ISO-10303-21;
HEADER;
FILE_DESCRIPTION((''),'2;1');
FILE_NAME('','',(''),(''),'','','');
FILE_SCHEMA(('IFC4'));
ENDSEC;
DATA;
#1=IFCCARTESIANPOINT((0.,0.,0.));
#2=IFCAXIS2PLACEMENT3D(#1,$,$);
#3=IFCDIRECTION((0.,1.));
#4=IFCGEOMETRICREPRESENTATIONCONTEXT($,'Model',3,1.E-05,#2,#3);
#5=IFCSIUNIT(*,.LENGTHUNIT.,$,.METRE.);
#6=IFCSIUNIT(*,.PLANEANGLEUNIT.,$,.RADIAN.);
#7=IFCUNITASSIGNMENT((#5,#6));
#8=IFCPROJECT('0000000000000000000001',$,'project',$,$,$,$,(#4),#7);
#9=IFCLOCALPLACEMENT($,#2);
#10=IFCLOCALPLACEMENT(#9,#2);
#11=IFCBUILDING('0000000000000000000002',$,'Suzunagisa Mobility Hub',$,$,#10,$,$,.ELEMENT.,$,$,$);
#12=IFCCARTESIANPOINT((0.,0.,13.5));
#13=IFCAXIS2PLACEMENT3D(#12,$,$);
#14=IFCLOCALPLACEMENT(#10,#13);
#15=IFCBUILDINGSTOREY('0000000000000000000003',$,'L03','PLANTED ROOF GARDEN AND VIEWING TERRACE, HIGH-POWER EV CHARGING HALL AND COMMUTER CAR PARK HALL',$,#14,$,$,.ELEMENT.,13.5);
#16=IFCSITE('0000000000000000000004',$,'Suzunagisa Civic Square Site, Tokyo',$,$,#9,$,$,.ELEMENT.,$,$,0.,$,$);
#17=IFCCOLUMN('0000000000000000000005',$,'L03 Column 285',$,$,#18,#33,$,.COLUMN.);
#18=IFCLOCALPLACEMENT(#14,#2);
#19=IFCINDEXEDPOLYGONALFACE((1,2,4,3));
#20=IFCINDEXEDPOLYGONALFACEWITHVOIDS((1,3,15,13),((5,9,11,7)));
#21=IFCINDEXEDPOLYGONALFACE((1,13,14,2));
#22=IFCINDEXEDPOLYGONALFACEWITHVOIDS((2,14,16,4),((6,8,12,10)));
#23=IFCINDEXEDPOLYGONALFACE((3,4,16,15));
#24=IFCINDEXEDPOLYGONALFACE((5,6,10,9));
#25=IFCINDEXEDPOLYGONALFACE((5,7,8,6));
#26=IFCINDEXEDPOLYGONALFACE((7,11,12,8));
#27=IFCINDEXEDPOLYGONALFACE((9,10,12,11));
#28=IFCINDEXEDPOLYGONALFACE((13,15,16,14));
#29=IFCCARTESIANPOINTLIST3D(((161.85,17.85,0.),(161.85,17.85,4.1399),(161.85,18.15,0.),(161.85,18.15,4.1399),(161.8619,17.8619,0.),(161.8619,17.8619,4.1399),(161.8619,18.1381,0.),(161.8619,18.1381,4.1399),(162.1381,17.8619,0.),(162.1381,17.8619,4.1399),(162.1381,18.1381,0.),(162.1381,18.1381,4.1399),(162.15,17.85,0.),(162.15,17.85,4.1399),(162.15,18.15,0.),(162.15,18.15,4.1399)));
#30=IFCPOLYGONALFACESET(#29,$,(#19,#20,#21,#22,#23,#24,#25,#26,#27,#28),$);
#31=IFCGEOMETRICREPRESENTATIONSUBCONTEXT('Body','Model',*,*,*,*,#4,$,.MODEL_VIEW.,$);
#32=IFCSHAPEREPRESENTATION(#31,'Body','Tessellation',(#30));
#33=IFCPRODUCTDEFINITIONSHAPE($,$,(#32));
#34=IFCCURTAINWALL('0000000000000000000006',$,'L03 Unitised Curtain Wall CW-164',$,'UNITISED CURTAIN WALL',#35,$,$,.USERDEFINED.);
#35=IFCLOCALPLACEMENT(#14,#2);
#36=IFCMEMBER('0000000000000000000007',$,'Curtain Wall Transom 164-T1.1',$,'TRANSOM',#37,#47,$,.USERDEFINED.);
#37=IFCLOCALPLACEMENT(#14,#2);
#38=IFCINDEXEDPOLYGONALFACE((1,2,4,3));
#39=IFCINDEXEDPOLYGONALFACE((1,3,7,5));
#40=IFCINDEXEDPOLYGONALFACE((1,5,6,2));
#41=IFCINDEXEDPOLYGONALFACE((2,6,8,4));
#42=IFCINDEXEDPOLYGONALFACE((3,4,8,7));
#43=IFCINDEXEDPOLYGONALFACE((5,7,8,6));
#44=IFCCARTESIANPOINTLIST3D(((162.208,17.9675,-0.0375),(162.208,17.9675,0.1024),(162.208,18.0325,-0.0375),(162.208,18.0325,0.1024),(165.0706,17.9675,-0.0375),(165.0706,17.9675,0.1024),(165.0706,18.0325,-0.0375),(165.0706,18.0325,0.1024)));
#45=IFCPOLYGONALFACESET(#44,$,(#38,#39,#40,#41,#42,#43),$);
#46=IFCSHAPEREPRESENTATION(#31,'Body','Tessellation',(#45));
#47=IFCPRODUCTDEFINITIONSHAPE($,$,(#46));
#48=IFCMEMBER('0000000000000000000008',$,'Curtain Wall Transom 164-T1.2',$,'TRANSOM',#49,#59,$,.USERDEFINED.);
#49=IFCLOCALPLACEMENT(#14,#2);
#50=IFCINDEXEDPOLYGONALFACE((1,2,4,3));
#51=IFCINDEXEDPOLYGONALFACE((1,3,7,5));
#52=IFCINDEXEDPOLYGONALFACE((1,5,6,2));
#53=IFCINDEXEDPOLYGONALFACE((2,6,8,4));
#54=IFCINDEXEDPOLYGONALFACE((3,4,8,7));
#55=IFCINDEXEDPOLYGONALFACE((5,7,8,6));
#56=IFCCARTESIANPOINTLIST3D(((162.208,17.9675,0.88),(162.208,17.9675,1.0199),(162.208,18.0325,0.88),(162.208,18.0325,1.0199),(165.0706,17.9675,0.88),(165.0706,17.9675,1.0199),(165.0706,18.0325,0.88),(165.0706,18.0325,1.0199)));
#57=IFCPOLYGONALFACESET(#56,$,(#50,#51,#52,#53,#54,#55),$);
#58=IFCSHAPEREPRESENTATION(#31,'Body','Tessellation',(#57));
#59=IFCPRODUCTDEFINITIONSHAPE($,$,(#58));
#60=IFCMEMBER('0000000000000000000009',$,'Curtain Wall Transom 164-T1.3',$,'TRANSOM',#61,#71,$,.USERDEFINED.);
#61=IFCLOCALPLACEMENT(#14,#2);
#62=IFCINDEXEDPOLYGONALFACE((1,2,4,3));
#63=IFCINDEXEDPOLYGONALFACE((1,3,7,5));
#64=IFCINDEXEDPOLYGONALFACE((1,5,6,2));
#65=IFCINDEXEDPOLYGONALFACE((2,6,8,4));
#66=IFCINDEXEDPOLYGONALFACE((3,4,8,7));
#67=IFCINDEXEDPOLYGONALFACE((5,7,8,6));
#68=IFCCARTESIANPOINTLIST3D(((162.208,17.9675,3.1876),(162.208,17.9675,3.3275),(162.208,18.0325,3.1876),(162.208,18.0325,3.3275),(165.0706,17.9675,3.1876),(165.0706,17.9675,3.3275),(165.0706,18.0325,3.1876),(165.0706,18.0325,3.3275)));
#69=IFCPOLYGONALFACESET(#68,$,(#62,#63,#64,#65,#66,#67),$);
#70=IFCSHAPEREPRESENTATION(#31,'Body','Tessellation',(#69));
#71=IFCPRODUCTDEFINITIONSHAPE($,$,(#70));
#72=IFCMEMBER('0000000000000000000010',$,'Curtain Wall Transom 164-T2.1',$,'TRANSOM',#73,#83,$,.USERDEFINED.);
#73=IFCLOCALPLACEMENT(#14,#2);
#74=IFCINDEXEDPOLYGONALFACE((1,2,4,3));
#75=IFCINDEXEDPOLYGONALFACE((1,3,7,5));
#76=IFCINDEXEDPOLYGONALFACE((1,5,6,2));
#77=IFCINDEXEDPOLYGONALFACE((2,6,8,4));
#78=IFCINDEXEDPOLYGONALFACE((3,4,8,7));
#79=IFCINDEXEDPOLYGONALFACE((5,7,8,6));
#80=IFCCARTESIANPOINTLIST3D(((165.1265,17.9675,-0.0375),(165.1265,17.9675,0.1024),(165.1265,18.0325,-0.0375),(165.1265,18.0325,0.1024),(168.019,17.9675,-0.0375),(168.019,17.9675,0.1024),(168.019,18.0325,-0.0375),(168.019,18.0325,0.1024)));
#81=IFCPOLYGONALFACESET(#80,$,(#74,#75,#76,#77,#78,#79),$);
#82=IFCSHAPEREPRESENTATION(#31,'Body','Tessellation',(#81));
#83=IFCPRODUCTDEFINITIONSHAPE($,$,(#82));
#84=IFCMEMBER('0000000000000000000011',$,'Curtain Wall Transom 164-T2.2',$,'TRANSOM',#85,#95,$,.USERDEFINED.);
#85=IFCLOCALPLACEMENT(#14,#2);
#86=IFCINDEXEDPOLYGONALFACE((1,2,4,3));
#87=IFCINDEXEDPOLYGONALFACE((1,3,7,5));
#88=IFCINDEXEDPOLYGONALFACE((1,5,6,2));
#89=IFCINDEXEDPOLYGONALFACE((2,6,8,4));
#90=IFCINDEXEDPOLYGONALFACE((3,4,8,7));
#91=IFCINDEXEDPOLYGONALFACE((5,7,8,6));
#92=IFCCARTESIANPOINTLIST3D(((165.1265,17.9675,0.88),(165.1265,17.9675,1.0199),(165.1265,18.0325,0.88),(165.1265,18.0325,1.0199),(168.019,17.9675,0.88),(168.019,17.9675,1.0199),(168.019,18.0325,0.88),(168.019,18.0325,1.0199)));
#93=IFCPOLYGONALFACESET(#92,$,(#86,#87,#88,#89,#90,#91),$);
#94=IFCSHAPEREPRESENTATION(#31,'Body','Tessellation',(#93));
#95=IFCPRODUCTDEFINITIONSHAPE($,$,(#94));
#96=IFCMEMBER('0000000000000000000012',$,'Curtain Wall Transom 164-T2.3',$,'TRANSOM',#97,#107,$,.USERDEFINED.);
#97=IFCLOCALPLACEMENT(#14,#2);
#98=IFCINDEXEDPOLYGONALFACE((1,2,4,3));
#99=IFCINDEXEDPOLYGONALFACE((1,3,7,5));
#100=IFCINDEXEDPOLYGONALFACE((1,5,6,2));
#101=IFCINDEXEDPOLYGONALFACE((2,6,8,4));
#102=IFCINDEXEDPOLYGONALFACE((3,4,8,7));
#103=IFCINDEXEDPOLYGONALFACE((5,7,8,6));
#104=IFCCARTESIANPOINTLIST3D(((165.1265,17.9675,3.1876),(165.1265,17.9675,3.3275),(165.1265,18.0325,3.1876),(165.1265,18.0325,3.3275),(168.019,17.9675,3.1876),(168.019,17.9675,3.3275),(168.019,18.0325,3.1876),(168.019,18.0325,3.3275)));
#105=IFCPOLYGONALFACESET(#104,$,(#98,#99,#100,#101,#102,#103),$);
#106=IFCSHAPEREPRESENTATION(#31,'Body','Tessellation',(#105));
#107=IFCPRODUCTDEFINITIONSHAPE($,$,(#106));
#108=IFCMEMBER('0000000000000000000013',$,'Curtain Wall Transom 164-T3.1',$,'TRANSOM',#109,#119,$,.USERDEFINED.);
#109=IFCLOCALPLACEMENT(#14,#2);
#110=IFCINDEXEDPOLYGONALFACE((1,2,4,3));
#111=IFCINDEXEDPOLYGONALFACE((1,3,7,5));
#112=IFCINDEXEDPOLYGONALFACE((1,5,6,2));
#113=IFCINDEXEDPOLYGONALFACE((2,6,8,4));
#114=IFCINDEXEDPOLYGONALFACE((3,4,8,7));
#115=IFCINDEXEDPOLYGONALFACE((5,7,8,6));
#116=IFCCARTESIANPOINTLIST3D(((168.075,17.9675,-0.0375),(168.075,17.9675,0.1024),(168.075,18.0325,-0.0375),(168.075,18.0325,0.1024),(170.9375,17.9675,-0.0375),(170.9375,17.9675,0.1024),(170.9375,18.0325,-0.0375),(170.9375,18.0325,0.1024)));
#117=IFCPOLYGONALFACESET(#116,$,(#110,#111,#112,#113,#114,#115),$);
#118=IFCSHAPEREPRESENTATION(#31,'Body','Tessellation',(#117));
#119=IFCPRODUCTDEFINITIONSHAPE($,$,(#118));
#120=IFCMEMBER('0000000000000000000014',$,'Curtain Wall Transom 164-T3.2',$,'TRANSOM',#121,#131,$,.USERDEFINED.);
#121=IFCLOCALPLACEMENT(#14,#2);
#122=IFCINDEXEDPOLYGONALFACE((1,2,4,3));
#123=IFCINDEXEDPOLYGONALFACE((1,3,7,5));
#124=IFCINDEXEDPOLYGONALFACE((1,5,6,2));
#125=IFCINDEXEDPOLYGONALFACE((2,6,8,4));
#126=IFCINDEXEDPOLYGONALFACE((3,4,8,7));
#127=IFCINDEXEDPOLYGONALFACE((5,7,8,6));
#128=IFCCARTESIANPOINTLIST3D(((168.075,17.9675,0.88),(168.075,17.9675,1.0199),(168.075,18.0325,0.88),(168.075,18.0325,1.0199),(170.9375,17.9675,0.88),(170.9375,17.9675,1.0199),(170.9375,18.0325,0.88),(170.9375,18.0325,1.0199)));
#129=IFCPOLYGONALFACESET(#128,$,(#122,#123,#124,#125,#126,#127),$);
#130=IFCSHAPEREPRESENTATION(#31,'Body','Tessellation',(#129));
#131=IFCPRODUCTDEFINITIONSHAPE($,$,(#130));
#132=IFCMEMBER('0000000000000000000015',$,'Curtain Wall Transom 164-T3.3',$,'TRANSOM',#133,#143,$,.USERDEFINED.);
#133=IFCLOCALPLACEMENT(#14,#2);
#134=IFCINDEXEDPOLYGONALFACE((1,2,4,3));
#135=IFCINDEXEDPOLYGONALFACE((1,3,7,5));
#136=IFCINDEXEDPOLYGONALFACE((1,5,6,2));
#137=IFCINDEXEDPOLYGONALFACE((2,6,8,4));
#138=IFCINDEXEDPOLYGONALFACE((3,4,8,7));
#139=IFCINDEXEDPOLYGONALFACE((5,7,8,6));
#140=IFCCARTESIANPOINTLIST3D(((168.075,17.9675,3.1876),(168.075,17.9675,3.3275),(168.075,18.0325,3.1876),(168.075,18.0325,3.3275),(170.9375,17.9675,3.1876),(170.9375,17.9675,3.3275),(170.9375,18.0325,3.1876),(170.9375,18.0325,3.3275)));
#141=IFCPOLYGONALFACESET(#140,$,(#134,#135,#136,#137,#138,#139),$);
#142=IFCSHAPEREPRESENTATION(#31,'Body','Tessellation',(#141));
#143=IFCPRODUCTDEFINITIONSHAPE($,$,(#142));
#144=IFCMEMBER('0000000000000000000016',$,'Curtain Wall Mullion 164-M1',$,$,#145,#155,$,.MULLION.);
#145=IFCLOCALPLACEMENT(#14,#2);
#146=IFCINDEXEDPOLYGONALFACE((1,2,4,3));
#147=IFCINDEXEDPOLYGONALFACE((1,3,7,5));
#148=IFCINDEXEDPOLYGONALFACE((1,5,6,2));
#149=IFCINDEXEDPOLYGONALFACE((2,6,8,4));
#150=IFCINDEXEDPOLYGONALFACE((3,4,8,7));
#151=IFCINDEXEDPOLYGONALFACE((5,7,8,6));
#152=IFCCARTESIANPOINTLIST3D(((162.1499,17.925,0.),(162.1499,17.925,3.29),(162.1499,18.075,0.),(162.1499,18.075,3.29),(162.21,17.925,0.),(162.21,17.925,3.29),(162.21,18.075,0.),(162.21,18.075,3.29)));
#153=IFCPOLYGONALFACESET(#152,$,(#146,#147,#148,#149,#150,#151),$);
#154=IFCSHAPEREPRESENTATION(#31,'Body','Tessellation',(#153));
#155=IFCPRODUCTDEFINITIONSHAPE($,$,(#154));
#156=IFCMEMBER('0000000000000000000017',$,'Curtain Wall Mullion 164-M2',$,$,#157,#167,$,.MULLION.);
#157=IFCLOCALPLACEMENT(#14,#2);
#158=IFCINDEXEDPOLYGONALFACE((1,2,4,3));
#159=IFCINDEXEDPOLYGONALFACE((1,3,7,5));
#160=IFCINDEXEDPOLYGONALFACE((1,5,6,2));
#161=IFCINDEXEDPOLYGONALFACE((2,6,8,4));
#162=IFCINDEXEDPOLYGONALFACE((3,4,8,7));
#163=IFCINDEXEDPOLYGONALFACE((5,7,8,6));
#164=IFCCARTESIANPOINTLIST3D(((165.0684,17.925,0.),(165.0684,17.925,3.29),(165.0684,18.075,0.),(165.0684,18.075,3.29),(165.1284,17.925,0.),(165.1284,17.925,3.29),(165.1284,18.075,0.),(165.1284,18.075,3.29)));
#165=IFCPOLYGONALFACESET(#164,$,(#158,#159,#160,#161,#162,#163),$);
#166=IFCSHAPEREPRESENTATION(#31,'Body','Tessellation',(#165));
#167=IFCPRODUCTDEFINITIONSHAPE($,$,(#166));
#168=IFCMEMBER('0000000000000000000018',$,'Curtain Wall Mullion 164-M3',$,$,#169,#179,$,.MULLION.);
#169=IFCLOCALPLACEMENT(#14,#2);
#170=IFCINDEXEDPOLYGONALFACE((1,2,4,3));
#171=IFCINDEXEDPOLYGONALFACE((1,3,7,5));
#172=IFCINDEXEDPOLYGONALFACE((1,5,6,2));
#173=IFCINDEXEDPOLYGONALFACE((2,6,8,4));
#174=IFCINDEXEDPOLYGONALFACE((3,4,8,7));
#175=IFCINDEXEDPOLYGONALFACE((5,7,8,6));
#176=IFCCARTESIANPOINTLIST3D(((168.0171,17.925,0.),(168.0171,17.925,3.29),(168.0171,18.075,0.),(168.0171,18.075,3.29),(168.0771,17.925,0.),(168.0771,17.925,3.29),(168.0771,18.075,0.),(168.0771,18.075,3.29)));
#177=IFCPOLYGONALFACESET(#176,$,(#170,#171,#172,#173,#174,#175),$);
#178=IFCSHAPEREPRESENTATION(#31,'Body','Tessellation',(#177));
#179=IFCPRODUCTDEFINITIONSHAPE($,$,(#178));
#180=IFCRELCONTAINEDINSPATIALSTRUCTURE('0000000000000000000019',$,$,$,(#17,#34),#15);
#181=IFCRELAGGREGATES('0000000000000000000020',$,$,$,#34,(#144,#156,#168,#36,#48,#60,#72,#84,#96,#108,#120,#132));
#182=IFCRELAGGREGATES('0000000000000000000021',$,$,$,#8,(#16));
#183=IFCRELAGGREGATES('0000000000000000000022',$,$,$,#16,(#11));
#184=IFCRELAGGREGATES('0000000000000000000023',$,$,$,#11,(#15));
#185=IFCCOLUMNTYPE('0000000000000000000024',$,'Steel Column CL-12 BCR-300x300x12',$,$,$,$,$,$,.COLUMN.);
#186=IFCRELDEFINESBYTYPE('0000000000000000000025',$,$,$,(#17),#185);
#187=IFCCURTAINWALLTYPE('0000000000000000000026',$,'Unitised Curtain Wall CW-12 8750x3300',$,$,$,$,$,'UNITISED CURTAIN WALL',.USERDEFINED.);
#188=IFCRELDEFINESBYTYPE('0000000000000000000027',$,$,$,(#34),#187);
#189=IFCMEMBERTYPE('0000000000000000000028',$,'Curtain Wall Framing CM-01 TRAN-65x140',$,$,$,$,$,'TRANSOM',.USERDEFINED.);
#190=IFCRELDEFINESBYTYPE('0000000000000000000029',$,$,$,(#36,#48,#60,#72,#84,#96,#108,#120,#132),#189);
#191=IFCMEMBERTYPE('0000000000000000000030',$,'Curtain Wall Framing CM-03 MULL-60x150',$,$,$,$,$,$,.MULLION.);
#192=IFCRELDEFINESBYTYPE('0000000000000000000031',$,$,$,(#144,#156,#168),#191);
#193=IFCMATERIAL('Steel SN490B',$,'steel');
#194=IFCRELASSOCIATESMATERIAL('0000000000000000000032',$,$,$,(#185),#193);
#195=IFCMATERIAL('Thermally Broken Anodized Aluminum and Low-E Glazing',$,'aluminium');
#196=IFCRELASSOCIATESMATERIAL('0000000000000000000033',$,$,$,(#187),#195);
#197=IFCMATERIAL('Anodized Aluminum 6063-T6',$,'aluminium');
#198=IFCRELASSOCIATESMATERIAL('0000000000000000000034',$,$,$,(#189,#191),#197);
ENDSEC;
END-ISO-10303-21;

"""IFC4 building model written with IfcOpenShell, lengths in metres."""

from ifc_helpers import new_model, si_unit, direction, frame, origin, origin_2d, place, context, subcontext, project, spatial, rectangle, hollow_rectangle, extrude, material, material_profile, profile_set, type_object, element, aggregate, save


model = new_model("IFC4")

# Units and contexts
model_context = context("Model", 3, precision=1e-05, world=origin(), true_north=direction((0.0, 1.0)))
body_context = subcontext(model_context, "Body", "Model", "MODEL_VIEW")
ifc_project = project(units=[si_unit("LENGTHUNIT", "METRE"), si_unit("PLANEANGLEUNIT", "RADIAN")], contexts=[model_context])

# Site, building, storey
site_placement = place(None, origin())
site = spatial("IfcSite", under=ifc_project, at=site_placement, Name="Suzunagisa Civic Square Site, Tokyo", CompositionType="ELEMENT", RefElevation=0.0)
building_placement = place(site_placement, origin())
building = spatial("IfcBuilding", under=site, at=building_placement, Name="Suzunagisa Mobility Hub", CompositionType="ELEMENT")
storey_placement = place(building_placement, frame((0.0, 0.0, 13.5)))
storey = spatial("IfcBuildingStorey", under=building, at=storey_placement, Name="L03", Description="PLANTED ROOF GARDEN AND VIEWING TERRACE, HIGH-POWER EV CHARGING HALL AND COMMUTER CAR PARK HALL", CompositionType="ELEMENT", Elevation=13.5)

# Column
ifc_material_1 = material(Name="Steel SN490B", Category="steel")
ifc_material_profile_1 = material_profile(ifc_material_1, hollow_rectangle(XDim=0.3, YDim=0.3, WallThickness=0.012, at=origin_2d()), Name="BCR-300x300x12")
ifc_profile_set_1 = profile_set([ifc_material_profile_1], Name="Steel SN490B")
column_type = type_object("IfcColumnType", Name="Steel Column CL-12 BCR-300x300x12", PredefinedType="COLUMN", material=ifc_profile_set_1)
column_placement = place(storey_placement, frame((162.0, 18.0, 0.0), z_axis=(0.0, 0.0, 1.0), x_axis=(1.0, 0.0, 0.0)))
element("IfcColumn", 1, at=column_placement, inside=storey, type_object=column_type, Name="L03 Column 285", PredefinedType="COLUMN", context=body_context, shape_type="SweptSolid", body=[
    extrude(hollow_rectangle(XDim=0.3, YDim=0.3, WallThickness=0.012, at=origin_2d()), origin(), (0.0, 0.0, 1.0), 4.1399),
])

# Curtain wall, members
ifc_material_2 = material(Name="Thermally Broken Anodized Aluminum and Low-E Glazing", Category="aluminium")
curtain_wall_type = type_object("IfcCurtainWallType", Name="Unitised Curtain Wall CW-12 8750x3300", ElementType="UNITISED CURTAIN WALL", PredefinedType="USERDEFINED", material=ifc_material_2)
curtain_wall_placement = place(storey_placement, origin())
curtain_wall = element("IfcCurtainWall", 2, at=curtain_wall_placement, inside=storey, type_object=curtain_wall_type, Name="L03 Unitised Curtain Wall CW-164", ObjectType="UNITISED CURTAIN WALL", PredefinedType="USERDEFINED")
ifc_material_3 = material(Name="Anodized Aluminum 6063-T6", Category="aluminium")
ifc_material_profile_2 = material_profile(ifc_material_3, rectangle(XDim=0.0649, YDim=0.1399, at=origin_2d()), Name="TRAN-65x140")
ifc_profile_set_2 = profile_set([ifc_material_profile_2], Name="Anodized Aluminum 6063-T6")
member_type_1 = type_object("IfcMemberType", Name="Curtain Wall Framing CM-01 TRAN-65x140", ElementType="TRANSOM", PredefinedType="USERDEFINED", material=ifc_profile_set_2)
member_1_placement = place(storey_placement, frame((162.208, 18.0, 0.0325), z_axis=(1.0, 0.0, 0.0), x_axis=(0.0, 1.0, 0.0)))
member_1 = element("IfcMember", 3, at=member_1_placement, type_object=member_type_1, Name="Curtain Wall Transom 164-T1.1", ObjectType="TRANSOM", PredefinedType="USERDEFINED", context=body_context, shape_type="SweptSolid", body=[
    extrude(rectangle(XDim=0.0649, YDim=0.1399, at=origin_2d()), origin(), (0.0, 0.0, 1.0), 2.8625),
])
member_2_placement = place(storey_placement, frame((162.208, 18.0, 0.95), z_axis=(1.0, 0.0, 0.0), x_axis=(0.0, 1.0, 0.0)))
member_2 = element("IfcMember", 4, at=member_2_placement, type_object=member_type_1, Name="Curtain Wall Transom 164-T1.2", ObjectType="TRANSOM", PredefinedType="USERDEFINED", context=body_context, shape_type="SweptSolid", body=[
    extrude(rectangle(XDim=0.0649, YDim=0.1399, at=origin_2d()), origin(), (0.0, 0.0, 1.0), 2.8625),
])
member_3_placement = place(storey_placement, frame((162.208, 18.0, 3.2576), z_axis=(1.0, 0.0, 0.0), x_axis=(0.0, 1.0, 0.0)))
member_3 = element("IfcMember", 5, at=member_3_placement, type_object=member_type_1, Name="Curtain Wall Transom 164-T1.3", ObjectType="TRANSOM", PredefinedType="USERDEFINED", context=body_context, shape_type="SweptSolid", body=[
    extrude(rectangle(XDim=0.0649, YDim=0.1399, at=origin_2d()), origin(), (0.0, 0.0, 1.0), 2.8625),
])
member_4_placement = place(storey_placement, frame((165.1265, 18.0, 0.0325), z_axis=(1.0, 0.0, 0.0), x_axis=(0.0, 1.0, 0.0)))
member_4 = element("IfcMember", 6, at=member_4_placement, type_object=member_type_1, Name="Curtain Wall Transom 164-T2.1", ObjectType="TRANSOM", PredefinedType="USERDEFINED", context=body_context, shape_type="SweptSolid", body=[
    extrude(rectangle(XDim=0.0649, YDim=0.1399, at=origin_2d()), origin(), (0.0, 0.0, 1.0), 2.8926),
])
member_5_placement = place(storey_placement, frame((165.1265, 18.0, 0.95), z_axis=(1.0, 0.0, 0.0), x_axis=(0.0, 1.0, 0.0)))
member_5 = element("IfcMember", 7, at=member_5_placement, type_object=member_type_1, Name="Curtain Wall Transom 164-T2.2", ObjectType="TRANSOM", PredefinedType="USERDEFINED", context=body_context, shape_type="SweptSolid", body=[
    extrude(rectangle(XDim=0.0649, YDim=0.1399, at=origin_2d()), origin(), (0.0, 0.0, 1.0), 2.8926),
])
member_6_placement = place(storey_placement, frame((165.1265, 18.0, 3.2576), z_axis=(1.0, 0.0, 0.0), x_axis=(0.0, 1.0, 0.0)))
member_6 = element("IfcMember", 8, at=member_6_placement, type_object=member_type_1, Name="Curtain Wall Transom 164-T2.3", ObjectType="TRANSOM", PredefinedType="USERDEFINED", context=body_context, shape_type="SweptSolid", body=[
    extrude(rectangle(XDim=0.0649, YDim=0.1399, at=origin_2d()), origin(), (0.0, 0.0, 1.0), 2.8926),
])
member_7_placement = place(storey_placement, frame((168.075, 18.0, 0.0325), z_axis=(1.0, 0.0, 0.0), x_axis=(0.0, 1.0, 0.0)))
member_7 = element("IfcMember", 9, at=member_7_placement, type_object=member_type_1, Name="Curtain Wall Transom 164-T3.1", ObjectType="TRANSOM", PredefinedType="USERDEFINED", context=body_context, shape_type="SweptSolid", body=[
    extrude(rectangle(XDim=0.0649, YDim=0.1399, at=origin_2d()), origin(), (0.0, 0.0, 1.0), 2.8625),
])
member_8_placement = place(storey_placement, frame((168.075, 18.0, 0.95), z_axis=(1.0, 0.0, 0.0), x_axis=(0.0, 1.0, 0.0)))
member_8 = element("IfcMember", 10, at=member_8_placement, type_object=member_type_1, Name="Curtain Wall Transom 164-T3.2", ObjectType="TRANSOM", PredefinedType="USERDEFINED", context=body_context, shape_type="SweptSolid", body=[
    extrude(rectangle(XDim=0.0649, YDim=0.1399, at=origin_2d()), origin(), (0.0, 0.0, 1.0), 2.8625),
])
member_9_placement = place(storey_placement, frame((168.075, 18.0, 3.2576), z_axis=(1.0, 0.0, 0.0), x_axis=(0.0, 1.0, 0.0)))
member_9 = element("IfcMember", 11, at=member_9_placement, type_object=member_type_1, Name="Curtain Wall Transom 164-T3.3", ObjectType="TRANSOM", PredefinedType="USERDEFINED", context=body_context, shape_type="SweptSolid", body=[
    extrude(rectangle(XDim=0.0649, YDim=0.1399, at=origin_2d()), origin(), (0.0, 0.0, 1.0), 2.8625),
])
ifc_material_profile_3 = material_profile(ifc_material_3, rectangle(XDim=0.0601, YDim=0.1499, at=origin_2d()), Name="MULL-60x150")
ifc_profile_set_3 = profile_set([ifc_material_profile_3], Name="Anodized Aluminum 6063-T6")
member_type_2 = type_object("IfcMemberType", Name="Curtain Wall Framing CM-03 MULL-60x150", PredefinedType="MULLION", material=ifc_profile_set_3)
member_10_placement = place(storey_placement, frame((162.1799, 18.0, 0.0), z_axis=(0.0, 0.0, 1.0), x_axis=(1.0, 0.0, 0.0)))
member_10 = element("IfcMember", 12, at=member_10_placement, type_object=member_type_2, Name="Curtain Wall Mullion 164-M1", PredefinedType="MULLION", context=body_context, shape_type="SweptSolid", body=[
    extrude(rectangle(XDim=0.0601, YDim=0.1499, at=origin_2d()), origin(), (0.0, 0.0, 1.0), 3.29),
])
member_11_placement = place(storey_placement, frame((165.0984, 18.0, 0.0), z_axis=(0.0, 0.0, 1.0), x_axis=(1.0, 0.0, 0.0)))
member_11 = element("IfcMember", 13, at=member_11_placement, type_object=member_type_2, Name="Curtain Wall Mullion 164-M2", PredefinedType="MULLION", context=body_context, shape_type="SweptSolid", body=[
    extrude(rectangle(XDim=0.0601, YDim=0.1499, at=origin_2d()), origin(), (0.0, 0.0, 1.0), 3.29),
])
member_12_placement = place(storey_placement, frame((168.0471, 18.0, 0.0), z_axis=(0.0, 0.0, 1.0), x_axis=(1.0, 0.0, 0.0)))
member_12 = element("IfcMember", 14, at=member_12_placement, type_object=member_type_2, Name="Curtain Wall Mullion 164-M3", PredefinedType="MULLION", context=body_context, shape_type="SweptSolid", body=[
    extrude(rectangle(XDim=0.0601, YDim=0.1499, at=origin_2d()), origin(), (0.0, 0.0, 1.0), 3.29),
])

aggregate(curtain_wall, [member_10, member_11, member_12, member_1, member_2, member_3, member_4, member_5, member_6, member_7, member_8, member_9])

save(model, "model.ifc")
